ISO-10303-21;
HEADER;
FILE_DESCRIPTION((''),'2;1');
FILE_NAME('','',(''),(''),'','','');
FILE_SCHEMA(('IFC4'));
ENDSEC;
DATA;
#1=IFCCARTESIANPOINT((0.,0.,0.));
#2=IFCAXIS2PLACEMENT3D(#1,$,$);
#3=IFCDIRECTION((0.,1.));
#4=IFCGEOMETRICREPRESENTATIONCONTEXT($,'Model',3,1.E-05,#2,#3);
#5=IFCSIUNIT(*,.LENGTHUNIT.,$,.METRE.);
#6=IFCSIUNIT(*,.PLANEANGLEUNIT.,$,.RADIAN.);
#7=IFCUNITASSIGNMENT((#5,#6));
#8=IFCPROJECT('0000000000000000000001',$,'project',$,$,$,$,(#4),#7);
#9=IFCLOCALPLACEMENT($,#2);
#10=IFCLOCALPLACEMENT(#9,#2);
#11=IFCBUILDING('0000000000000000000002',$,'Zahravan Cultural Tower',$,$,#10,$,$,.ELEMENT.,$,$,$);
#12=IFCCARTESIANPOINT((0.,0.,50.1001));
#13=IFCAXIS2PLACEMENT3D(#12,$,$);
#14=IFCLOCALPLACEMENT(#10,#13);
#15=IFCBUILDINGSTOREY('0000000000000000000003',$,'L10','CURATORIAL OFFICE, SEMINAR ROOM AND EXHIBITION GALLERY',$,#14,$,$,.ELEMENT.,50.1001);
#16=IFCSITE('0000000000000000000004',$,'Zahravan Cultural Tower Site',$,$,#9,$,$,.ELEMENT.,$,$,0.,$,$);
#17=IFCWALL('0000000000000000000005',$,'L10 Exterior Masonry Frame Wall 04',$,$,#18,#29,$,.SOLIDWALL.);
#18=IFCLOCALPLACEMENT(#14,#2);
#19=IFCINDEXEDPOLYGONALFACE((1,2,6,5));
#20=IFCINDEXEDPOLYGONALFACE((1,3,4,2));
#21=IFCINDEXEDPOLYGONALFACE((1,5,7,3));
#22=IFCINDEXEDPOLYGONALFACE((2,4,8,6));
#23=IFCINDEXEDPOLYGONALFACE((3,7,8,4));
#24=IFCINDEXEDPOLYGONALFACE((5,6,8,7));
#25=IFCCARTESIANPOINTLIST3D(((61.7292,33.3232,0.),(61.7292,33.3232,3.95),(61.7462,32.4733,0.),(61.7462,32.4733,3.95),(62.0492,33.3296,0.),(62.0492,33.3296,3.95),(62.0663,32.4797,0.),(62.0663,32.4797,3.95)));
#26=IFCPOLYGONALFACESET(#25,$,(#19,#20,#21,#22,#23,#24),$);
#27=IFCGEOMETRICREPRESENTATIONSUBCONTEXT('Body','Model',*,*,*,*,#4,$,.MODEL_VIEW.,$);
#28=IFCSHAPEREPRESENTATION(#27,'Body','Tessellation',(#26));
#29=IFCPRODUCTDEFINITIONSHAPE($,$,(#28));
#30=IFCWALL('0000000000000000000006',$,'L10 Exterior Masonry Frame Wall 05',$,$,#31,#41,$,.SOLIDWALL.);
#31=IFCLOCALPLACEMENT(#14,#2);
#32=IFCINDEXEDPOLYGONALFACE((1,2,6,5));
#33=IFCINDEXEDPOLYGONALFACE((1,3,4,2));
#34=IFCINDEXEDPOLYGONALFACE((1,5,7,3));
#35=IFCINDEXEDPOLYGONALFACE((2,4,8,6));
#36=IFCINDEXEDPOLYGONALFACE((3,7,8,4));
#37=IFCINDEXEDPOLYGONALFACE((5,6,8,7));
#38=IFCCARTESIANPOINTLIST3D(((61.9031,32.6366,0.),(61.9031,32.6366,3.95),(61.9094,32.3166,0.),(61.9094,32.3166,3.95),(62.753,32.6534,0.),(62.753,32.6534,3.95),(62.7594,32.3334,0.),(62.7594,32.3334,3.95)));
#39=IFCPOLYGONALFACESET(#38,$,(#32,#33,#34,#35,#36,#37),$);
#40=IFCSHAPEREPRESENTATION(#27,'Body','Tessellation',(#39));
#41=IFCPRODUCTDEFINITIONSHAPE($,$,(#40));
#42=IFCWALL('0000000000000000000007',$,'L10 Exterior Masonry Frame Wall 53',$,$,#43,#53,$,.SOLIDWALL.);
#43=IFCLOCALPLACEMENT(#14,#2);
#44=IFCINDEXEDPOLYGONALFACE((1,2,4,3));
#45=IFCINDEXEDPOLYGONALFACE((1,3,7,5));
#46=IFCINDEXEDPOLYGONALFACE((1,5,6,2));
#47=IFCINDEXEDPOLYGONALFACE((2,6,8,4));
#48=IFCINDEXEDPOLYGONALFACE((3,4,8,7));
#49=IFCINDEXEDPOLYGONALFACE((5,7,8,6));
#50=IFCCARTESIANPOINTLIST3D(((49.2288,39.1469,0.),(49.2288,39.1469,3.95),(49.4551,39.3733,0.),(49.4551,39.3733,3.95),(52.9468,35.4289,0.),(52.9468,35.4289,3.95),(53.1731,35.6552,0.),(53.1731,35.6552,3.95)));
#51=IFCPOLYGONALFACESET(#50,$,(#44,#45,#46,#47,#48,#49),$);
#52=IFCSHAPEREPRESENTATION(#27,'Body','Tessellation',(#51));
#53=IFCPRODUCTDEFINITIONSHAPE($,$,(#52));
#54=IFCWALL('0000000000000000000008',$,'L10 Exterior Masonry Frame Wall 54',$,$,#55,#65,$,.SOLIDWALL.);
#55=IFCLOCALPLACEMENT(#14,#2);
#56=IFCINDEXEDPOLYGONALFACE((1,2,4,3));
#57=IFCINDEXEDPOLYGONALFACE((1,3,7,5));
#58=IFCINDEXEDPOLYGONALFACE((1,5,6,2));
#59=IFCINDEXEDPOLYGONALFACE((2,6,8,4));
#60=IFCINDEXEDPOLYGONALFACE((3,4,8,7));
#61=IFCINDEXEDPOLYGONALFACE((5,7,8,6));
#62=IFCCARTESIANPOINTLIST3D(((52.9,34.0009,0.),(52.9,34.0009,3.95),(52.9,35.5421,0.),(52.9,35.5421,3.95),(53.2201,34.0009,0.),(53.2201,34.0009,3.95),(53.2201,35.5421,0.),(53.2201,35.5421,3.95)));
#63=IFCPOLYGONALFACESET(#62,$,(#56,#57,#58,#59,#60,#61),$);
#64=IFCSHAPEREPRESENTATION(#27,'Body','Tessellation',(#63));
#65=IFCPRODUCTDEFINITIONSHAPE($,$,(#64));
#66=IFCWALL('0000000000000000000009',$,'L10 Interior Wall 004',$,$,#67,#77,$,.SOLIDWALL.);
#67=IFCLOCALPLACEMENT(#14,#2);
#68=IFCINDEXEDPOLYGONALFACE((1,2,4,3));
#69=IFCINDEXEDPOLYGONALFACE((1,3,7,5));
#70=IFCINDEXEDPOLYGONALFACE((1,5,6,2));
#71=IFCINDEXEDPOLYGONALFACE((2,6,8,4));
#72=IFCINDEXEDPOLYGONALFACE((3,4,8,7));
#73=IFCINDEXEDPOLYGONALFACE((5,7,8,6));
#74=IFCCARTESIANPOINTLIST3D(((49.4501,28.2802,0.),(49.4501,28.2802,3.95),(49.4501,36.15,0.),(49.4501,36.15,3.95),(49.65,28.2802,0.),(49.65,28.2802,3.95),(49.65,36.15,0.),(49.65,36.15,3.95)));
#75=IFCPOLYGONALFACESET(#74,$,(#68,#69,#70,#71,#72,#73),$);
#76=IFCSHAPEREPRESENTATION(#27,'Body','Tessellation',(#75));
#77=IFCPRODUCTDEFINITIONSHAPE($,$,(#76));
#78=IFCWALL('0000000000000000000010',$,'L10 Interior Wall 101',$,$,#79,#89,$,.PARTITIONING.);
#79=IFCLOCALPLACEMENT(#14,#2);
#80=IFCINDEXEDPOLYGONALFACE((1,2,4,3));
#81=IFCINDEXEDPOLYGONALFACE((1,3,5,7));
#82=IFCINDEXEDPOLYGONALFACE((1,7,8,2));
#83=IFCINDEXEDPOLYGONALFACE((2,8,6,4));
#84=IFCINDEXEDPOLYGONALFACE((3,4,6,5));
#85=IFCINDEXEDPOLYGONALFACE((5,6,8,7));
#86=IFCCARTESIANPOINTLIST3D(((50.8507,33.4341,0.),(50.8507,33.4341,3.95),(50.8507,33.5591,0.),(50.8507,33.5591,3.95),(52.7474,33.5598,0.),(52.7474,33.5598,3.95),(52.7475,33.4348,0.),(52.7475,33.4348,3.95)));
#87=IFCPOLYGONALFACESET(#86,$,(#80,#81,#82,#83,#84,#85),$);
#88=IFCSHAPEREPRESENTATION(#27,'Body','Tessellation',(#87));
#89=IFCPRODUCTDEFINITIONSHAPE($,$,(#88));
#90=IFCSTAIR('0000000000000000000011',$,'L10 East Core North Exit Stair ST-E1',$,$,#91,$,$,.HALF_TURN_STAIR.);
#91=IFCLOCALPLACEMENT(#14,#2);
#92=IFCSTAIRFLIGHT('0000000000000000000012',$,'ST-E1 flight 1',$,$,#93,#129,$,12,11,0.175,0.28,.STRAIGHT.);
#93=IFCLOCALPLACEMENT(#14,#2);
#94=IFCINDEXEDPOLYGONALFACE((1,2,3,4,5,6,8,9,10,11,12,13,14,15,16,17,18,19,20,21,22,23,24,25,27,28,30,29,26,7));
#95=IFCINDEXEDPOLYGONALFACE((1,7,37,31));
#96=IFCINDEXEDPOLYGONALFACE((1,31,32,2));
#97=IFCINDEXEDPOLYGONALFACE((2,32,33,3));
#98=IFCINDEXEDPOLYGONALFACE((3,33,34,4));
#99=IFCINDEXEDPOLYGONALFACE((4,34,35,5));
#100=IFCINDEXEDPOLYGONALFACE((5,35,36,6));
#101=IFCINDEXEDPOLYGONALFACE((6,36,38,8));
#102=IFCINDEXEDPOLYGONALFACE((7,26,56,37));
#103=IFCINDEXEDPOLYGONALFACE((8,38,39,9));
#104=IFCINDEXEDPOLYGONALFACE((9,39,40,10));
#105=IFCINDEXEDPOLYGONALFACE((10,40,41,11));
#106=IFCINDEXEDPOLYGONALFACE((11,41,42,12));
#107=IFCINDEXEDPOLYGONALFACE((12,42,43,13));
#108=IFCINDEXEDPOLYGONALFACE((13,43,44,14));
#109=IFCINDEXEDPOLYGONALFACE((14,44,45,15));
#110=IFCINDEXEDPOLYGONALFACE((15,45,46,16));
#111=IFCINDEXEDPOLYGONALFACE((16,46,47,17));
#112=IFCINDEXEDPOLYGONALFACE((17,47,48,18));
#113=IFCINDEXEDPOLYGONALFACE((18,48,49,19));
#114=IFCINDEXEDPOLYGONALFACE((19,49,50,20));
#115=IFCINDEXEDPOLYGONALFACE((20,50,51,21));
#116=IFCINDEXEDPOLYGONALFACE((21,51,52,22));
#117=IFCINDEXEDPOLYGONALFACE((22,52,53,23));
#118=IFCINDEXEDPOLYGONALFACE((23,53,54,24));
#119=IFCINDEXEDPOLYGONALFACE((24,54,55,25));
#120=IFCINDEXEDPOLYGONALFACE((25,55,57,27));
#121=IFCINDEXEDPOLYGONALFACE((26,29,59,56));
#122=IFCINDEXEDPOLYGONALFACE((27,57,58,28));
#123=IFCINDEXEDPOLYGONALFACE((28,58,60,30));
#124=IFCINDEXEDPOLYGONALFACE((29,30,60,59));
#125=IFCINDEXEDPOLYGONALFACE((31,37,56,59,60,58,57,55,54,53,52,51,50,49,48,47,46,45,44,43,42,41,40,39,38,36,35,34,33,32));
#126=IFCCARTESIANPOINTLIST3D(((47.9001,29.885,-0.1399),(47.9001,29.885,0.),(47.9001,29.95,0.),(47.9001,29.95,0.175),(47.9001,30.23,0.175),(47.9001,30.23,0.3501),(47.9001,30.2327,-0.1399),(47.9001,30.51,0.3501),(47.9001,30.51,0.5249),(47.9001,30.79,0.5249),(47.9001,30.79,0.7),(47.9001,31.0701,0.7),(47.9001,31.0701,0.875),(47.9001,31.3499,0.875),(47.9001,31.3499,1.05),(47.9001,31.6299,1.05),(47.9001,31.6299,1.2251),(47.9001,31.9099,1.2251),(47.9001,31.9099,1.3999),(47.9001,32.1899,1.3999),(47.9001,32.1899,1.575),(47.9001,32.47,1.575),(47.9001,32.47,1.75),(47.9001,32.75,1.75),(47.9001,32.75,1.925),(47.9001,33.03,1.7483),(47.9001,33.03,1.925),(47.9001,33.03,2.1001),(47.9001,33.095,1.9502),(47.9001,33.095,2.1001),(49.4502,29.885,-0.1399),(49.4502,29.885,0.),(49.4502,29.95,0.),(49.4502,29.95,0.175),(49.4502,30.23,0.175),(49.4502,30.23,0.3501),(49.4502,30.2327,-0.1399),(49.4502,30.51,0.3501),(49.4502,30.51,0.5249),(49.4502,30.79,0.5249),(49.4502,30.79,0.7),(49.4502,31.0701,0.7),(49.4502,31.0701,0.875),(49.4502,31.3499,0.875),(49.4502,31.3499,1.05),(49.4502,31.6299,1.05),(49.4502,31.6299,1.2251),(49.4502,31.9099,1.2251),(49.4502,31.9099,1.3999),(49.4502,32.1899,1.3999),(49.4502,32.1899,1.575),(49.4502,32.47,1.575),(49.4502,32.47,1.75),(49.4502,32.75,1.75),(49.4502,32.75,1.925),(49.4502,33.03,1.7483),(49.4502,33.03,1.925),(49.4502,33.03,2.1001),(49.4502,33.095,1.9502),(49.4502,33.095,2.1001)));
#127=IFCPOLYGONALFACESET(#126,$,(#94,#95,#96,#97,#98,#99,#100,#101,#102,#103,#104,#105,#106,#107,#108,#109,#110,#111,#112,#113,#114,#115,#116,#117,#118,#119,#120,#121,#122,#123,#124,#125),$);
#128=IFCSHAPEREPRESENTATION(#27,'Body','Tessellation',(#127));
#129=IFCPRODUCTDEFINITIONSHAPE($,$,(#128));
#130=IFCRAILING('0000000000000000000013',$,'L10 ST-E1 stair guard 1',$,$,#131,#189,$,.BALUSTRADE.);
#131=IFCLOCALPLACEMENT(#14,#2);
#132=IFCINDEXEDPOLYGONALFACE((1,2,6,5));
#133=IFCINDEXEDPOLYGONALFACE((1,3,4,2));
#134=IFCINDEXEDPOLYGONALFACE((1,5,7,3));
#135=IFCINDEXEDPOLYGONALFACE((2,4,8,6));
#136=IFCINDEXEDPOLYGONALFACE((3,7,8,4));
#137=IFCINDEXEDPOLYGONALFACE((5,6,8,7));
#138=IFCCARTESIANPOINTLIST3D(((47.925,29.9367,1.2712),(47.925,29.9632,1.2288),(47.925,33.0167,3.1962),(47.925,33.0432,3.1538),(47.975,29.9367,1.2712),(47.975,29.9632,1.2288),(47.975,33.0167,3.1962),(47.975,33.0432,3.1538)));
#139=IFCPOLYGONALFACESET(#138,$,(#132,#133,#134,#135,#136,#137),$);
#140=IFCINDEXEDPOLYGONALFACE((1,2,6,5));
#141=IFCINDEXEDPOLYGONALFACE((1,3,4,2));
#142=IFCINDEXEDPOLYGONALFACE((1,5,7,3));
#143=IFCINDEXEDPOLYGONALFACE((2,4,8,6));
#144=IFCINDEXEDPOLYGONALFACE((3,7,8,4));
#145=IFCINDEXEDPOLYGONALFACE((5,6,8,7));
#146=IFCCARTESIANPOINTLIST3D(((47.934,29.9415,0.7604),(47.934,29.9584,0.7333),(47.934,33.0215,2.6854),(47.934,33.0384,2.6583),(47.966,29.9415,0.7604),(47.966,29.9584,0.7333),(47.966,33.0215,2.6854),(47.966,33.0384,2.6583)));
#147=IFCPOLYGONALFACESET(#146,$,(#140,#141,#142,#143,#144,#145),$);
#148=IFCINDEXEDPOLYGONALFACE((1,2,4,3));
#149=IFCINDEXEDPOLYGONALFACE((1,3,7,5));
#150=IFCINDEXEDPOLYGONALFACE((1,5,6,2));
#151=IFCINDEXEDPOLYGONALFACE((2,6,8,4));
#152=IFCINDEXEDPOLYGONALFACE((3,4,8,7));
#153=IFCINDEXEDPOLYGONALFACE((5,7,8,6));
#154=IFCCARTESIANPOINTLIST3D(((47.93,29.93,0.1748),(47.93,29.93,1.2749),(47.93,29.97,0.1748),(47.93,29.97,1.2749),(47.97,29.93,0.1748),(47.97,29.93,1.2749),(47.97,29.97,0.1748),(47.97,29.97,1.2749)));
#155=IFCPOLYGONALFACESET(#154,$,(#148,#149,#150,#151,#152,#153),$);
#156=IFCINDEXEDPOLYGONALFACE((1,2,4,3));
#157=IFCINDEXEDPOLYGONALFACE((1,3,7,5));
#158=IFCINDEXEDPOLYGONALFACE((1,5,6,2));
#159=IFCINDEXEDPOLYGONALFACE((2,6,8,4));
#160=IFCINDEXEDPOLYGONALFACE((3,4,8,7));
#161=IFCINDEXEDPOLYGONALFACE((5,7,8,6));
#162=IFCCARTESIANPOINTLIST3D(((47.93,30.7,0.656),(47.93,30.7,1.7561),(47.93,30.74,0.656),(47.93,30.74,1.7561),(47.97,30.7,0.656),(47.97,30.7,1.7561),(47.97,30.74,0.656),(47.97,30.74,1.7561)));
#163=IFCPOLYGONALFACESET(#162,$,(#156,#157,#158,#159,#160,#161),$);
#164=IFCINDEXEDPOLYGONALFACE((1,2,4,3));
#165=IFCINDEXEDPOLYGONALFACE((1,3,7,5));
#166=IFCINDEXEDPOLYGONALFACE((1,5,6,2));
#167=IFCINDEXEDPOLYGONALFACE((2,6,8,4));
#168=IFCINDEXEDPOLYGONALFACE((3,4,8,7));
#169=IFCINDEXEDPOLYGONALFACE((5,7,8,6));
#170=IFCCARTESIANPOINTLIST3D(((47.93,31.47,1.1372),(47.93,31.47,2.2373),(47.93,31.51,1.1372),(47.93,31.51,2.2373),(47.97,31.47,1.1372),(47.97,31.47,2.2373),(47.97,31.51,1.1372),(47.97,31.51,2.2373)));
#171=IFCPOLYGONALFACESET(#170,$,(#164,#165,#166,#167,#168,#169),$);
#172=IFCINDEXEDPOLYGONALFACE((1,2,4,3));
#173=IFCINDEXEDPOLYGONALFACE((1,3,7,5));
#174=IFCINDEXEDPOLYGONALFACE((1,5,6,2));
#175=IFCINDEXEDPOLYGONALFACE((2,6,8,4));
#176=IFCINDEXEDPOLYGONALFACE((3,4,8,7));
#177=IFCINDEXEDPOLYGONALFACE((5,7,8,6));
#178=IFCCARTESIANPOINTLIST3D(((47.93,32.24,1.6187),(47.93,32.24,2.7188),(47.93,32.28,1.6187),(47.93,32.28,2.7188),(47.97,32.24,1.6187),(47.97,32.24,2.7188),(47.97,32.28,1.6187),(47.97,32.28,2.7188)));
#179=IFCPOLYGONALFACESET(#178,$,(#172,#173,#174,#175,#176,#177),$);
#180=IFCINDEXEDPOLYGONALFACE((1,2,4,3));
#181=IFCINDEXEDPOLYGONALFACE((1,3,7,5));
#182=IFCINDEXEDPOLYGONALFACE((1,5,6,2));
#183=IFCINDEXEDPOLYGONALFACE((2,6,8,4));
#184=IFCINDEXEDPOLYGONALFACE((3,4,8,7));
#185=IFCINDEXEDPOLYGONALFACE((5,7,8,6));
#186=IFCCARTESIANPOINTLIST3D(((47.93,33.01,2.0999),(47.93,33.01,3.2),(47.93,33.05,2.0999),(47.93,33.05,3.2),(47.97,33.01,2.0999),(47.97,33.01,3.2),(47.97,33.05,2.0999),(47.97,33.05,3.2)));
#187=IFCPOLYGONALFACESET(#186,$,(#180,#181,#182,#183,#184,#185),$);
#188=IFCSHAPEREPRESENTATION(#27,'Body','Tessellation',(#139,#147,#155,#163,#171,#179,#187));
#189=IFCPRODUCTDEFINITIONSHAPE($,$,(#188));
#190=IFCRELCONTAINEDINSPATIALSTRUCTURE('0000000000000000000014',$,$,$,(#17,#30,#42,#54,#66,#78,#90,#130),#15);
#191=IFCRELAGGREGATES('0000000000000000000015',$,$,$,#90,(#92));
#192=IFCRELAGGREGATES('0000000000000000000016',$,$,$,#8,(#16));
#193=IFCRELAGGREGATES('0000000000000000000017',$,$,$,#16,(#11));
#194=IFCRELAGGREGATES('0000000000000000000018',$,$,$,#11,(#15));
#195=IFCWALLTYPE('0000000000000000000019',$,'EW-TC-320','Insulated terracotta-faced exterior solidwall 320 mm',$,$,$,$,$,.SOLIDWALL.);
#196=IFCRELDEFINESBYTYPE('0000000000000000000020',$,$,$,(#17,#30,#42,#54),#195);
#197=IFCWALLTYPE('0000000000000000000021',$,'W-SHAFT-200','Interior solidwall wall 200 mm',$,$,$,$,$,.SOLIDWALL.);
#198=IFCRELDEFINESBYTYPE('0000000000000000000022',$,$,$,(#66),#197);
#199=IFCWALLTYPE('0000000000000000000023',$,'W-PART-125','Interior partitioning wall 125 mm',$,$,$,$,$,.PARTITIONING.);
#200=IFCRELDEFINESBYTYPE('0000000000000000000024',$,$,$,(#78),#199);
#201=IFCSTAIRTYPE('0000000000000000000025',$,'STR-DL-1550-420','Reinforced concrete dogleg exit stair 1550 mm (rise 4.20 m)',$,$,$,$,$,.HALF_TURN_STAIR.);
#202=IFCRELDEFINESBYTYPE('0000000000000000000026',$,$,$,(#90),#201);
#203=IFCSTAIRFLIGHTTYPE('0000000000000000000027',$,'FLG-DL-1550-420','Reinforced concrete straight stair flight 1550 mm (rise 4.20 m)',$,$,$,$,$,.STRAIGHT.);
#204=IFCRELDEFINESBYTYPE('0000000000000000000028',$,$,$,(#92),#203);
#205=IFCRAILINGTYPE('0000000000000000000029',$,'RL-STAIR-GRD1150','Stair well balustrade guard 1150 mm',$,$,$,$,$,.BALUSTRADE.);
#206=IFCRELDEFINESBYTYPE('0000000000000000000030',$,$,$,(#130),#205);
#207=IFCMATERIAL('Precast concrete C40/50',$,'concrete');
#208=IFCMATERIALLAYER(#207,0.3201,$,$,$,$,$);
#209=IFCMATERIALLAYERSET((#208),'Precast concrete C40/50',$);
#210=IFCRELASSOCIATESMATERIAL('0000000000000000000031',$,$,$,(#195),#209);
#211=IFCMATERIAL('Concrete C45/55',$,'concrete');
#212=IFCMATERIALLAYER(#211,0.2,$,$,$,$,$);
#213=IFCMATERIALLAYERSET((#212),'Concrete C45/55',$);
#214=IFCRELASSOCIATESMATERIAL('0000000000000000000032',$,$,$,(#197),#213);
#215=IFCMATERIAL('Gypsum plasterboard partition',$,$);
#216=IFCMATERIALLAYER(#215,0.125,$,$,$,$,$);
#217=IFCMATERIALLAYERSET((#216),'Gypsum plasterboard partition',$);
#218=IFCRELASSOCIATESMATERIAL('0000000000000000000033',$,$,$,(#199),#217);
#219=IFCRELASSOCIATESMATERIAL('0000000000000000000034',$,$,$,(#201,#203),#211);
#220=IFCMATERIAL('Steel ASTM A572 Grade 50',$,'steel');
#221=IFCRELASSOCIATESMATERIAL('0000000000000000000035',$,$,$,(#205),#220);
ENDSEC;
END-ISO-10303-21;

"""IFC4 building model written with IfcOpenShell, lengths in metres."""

from ifc_helpers import new_model, si_unit, direction, frame, frame_2d, origin, origin_2d, place, context, subcontext, project, spatial, polyline, rectangle, outline, extrude, source, transform, mapped, material, layer, layer_set, type_object, element, aggregate, save


model = new_model("IFC4")

# Units and contexts
model_context = context("Model", 3, precision=1e-05, world=origin(), true_north=direction((0.0, 1.0)))
body_context = subcontext(model_context, "Body", "Model", "MODEL_VIEW")
ifc_project = project(units=[si_unit("LENGTHUNIT", "METRE"), si_unit("PLANEANGLEUNIT", "RADIAN")], contexts=[model_context])

# Site, building, storey
site_placement = place(None, origin())
site = spatial("IfcSite", under=ifc_project, at=site_placement, Name="Zahravan Cultural Tower Site", CompositionType="ELEMENT", RefElevation=0.0)
building_placement = place(site_placement, origin())
building = spatial("IfcBuilding", under=site, at=building_placement, Name="Zahravan Cultural Tower", CompositionType="ELEMENT")
storey_placement = place(building_placement, frame((0.0, 0.0, 50.1001)))
storey = spatial("IfcBuildingStorey", under=building, at=storey_placement, Name="L10", Description="CURATORIAL OFFICE, SEMINAR ROOM AND EXHIBITION GALLERY", CompositionType="ELEMENT", Elevation=50.1001)

# Shared definitions
ifc_material_1 = material(Name="Steel ASTM A572 Grade 50", Category="steel")

# Shared definitions
ifc_material_2 = material(Name="Precast concrete C40/50", Category="concrete")
ifc_layer_1 = layer(ifc_material_2, 0.3201)
ifc_layer_set_1 = layer_set([ifc_layer_1], Name="Precast concrete C40/50")
wall_type_1 = type_object("IfcWallType", Name="EW-TC-320", Description="Insulated terracotta-faced exterior solidwall 320 mm", PredefinedType="SOLIDWALL", material=ifc_layer_set_1)

# Walls
shared_shape_1 = source(origin(), body_context, "Body", "SweptSolid", [
    extrude(rectangle(XDim=0.8501, YDim=0.3201, at=frame_2d((0.425, 0.0))), origin(), (0.0, 0.0, 1.0), 3.95),
])
for number, where, z_axis, x_axis, name in (
    (1, (61.8892, 33.3264, 0.0), (0.0, 0.0, 1.0), (0.020105, -0.999798, 0.0), "L10 Exterior Masonry Frame Wall 04"),
    (2, (61.9062, 32.4766, 0.0), (0.0, 0.0, 1.0), (0.999804, 0.019818, 0.0), "L10 Exterior Masonry Frame Wall 05"),
):
    element("IfcWall", number, at=place(storey_placement, frame(where, z_axis=z_axis, x_axis=x_axis)), inside=storey, type_object=wall_type_1, Name=name, PredefinedType="SOLIDWALL", context=body_context, shape_type="MappedRepresentation", body=[
        mapped(shared_shape_1, transform((0.0, 0.0, 0.0), x_axis=(1.0, 0.0, 0.0), y_axis=(0.0, 1.0, 0.0), z_axis=(0.0, 0.0, 1.0), scale=1.0)),
    ])
shared_shape_2 = source(origin(), body_context, "Body", "SweptSolid", [
    extrude(rectangle(XDim=5.2581, YDim=0.3201, at=frame_2d((2.6289, 0.0))), origin(), (0.0, 0.0, 1.0), 3.95),
])
wall_1_placement = place(storey_placement, frame((49.342, 39.26, 0.0), z_axis=(0.0, 0.0, 1.0), x_axis=(0.707107, -0.707107, 0.0)))
element("IfcWall", 3, at=wall_1_placement, inside=storey, type_object=wall_type_1, Name="L10 Exterior Masonry Frame Wall 53", PredefinedType="SOLIDWALL", context=body_context, shape_type="MappedRepresentation", body=[
    mapped(shared_shape_2, transform((0.0, 0.0, 0.0), x_axis=(1.0, 0.0, 0.0), y_axis=(0.0, 1.0, 0.0), z_axis=(0.0, 0.0, 1.0), scale=1.0)),
])
shared_shape_3 = source(origin(), body_context, "Body", "SweptSolid", [
    extrude(rectangle(XDim=1.5413, YDim=0.3201, at=frame_2d((0.7705, 0.0))), origin(), (0.0, 0.0, 1.0), 3.95),
])
wall_2_placement = place(storey_placement, frame((53.0601, 35.542, 0.0), z_axis=(0.0, 0.0, 1.0), x_axis=(0.0, -1.0, 0.0)))
element("IfcWall", 4, at=wall_2_placement, inside=storey, type_object=wall_type_1, Name="L10 Exterior Masonry Frame Wall 54", PredefinedType="SOLIDWALL", context=body_context, shape_type="MappedRepresentation", body=[
    mapped(shared_shape_3, transform((0.0, 0.0, 0.0), x_axis=(1.0, 0.0, 0.0), y_axis=(0.0, 1.0, 0.0), z_axis=(0.0, 0.0, 1.0), scale=1.0)),
])
ifc_material_3 = material(Name="Concrete C45/55", Category="concrete")
ifc_layer_2 = layer(ifc_material_3, 0.2)
ifc_layer_set_2 = layer_set([ifc_layer_2], Name="Concrete C45/55")
wall_type_2 = type_object("IfcWallType", Name="W-SHAFT-200", Description="Interior solidwall wall 200 mm", PredefinedType="SOLIDWALL", material=ifc_layer_set_2)
shared_shape_4 = source(origin(), body_context, "Body", "SweptSolid", [
    extrude(rectangle(XDim=7.8699, YDim=0.2, at=frame_2d((3.9351, 0.0))), origin(), (0.0, 0.0, 1.0), 3.95),
])
wall_3_placement = place(storey_placement, frame((49.55, 28.28, 0.0), z_axis=(0.0, 0.0, 1.0), x_axis=(0.0, 1.0, 0.0)))
element("IfcWall", 5, at=wall_3_placement, inside=storey, type_object=wall_type_2, Name="L10 Interior Wall 004", PredefinedType="SOLIDWALL", context=body_context, shape_type="MappedRepresentation", body=[
    mapped(shared_shape_4, transform((0.0, 0.0, 0.0), x_axis=(1.0, 0.0, 0.0), y_axis=(0.0, 1.0, 0.0), z_axis=(0.0, 0.0, 1.0), scale=1.0)),
])
ifc_material_4 = material(Name="Gypsum plasterboard partition")
ifc_layer_3 = layer(ifc_material_4, 0.125)
ifc_layer_set_3 = layer_set([ifc_layer_3], Name="Gypsum plasterboard partition")
wall_type_3 = type_object("IfcWallType", Name="W-PART-125", Description="Interior partitioning wall 125 mm", PredefinedType="PARTITIONING", material=ifc_layer_set_3)
shared_shape_5 = source(origin(), body_context, "Body", "SweptSolid", [
    extrude(rectangle(XDim=1.8967, YDim=0.125, at=frame_2d((0.9482, 0.0))), origin(), (0.0, 0.0, 1.0), 3.95),
])
wall_4_placement = place(storey_placement, frame((52.7473, 33.4973, 0.0), z_axis=(0.0, 0.0, 1.0), x_axis=(-1.0, -0.000386, 0.0)))
element("IfcWall", 6, at=wall_4_placement, inside=storey, type_object=wall_type_3, Name="L10 Interior Wall 101", PredefinedType="PARTITIONING", context=body_context, shape_type="MappedRepresentation", body=[
    mapped(shared_shape_5, transform((0.0, 0.0, 0.0), x_axis=(1.0, 0.0, 0.0), y_axis=(0.0, 1.0, 0.0), z_axis=(0.0, 0.0, 1.0), scale=1.0)),
])

# Stair, stair flight
stair_type = type_object("IfcStairType", Name="STR-DL-1550-420", Description="Reinforced concrete dogleg exit stair 1550 mm (rise 4.20 m)", PredefinedType="HALF_TURN_STAIR", material=ifc_material_3)
stair_placement = place(storey_placement, origin())
stair = element("IfcStair", 7, at=stair_placement, inside=storey, type_object=stair_type, Name="L10 East Core North Exit Stair ST-E1", PredefinedType="HALF_TURN_STAIR")
stair_flight_type = type_object("IfcStairFlightType", Name="FLG-DL-1550-420", Description="Reinforced concrete straight stair flight 1550 mm (rise 4.20 m)", PredefinedType="STRAIGHT", material=ifc_material_3)
stair_flight_placement = place(storey_placement, frame((48.675, 29.95, 0.0), z_axis=(0.0, 0.0, 1.0), x_axis=(0.0, 1.0, 0.0)))
stair_flight = element("IfcStairFlight", 8, at=stair_flight_placement, type_object=stair_flight_type, Name="ST-E1 flight 1", NumberOfRisers=12, NumberOfTreads=11, PredefinedType="STRAIGHT", RiserHeight=0.175, TreadLength=0.28, context=body_context, shape_type="SweptSolid", body=[
    extrude(outline(polyline([(-0.0649, -0.1399), (-0.0649, 0.0), (0.0, 0.0), (0.0, 0.175), (0.28, 0.175), (0.28, 0.3501), (0.5601, 0.3501), (0.5601, 0.5249), (0.8401, 0.5249), (0.8401, 0.7), (1.1201, 0.7), (1.1201, 0.875), (1.3999, 0.875), (1.3999, 1.05), (1.6799, 1.05), (1.6799, 1.2251), (1.96, 1.2251), (1.96, 1.3999), (2.24, 1.3999), (2.24, 1.575), (2.52, 1.575), (2.52, 1.75), (2.8, 1.75), (2.8, 1.925), (3.0801, 1.925), (3.0801, 2.1001), (3.145, 2.1001), (3.145, 1.9502), (3.0801, 1.7483), (0.2827, -0.1399), (-0.0649, -0.1399)])), frame((0.0, 0.7749, 0.0), z_axis=(0.0, -1.0, 0.0), x_axis=(1.0, 0.0, 0.0)), (0.0, 0.0, 1.0), 1.55),
])
aggregate(stair, [stair_flight])

# Railing
railing_type_1 = type_object("IfcRailingType", Name="RL-STAIR-GRD1150", Description="Stair well balustrade guard 1150 mm", PredefinedType="BALUSTRADE", material=ifc_material_1)
railing_1_placement = place(storey_placement, frame((47.95, 29.95, 0.1748)))
element("IfcRailing", 9, at=railing_1_placement, inside=storey, type_object=railing_type_1, Name="L10 ST-E1 stair guard 1", PredefinedType="BALUSTRADE", context=body_context, shape_type="SweptSolid", body=[
    extrude(rectangle(XDim=0.05, YDim=0.05, at=origin_2d()), frame((0.0, 0.0, 1.0752), z_axis=(0.0, 0.847998, 0.529999), x_axis=(-1.0, 0.0, 0.0)), (0.0, 0.0, 1.0), 3.6321),
    extrude(rectangle(XDim=0.032, YDim=0.032, at=origin_2d()), frame((0.0, 0.0, 0.572), z_axis=(0.0, 0.847998, 0.529999), x_axis=(-1.0, 0.0, 0.0)), (0.0, 0.0, 1.0), 3.6321),
    extrude(rectangle(XDim=0.04, YDim=0.04, at=origin_2d()), origin(), (0.0, 0.0, 1.0), 1.1001),
    extrude(rectangle(XDim=0.04, YDim=0.04, at=origin_2d()), frame((0.0, 0.77, 0.4812)), (0.0, 0.0, 1.0), 1.1001),
    extrude(rectangle(XDim=0.04, YDim=0.04, at=origin_2d()), frame((0.0, 1.54, 0.9624)), (0.0, 0.0, 1.0), 1.1001),
    extrude(rectangle(XDim=0.04, YDim=0.04, at=origin_2d()), frame((0.0, 2.3101, 1.4438)), (0.0, 0.0, 1.0), 1.1001),
    extrude(rectangle(XDim=0.04, YDim=0.04, at=origin_2d()), frame((0.0, 3.0801, 1.925)), (0.0, 0.0, 1.0), 1.1001),
])

save(model, "model.ifc")
